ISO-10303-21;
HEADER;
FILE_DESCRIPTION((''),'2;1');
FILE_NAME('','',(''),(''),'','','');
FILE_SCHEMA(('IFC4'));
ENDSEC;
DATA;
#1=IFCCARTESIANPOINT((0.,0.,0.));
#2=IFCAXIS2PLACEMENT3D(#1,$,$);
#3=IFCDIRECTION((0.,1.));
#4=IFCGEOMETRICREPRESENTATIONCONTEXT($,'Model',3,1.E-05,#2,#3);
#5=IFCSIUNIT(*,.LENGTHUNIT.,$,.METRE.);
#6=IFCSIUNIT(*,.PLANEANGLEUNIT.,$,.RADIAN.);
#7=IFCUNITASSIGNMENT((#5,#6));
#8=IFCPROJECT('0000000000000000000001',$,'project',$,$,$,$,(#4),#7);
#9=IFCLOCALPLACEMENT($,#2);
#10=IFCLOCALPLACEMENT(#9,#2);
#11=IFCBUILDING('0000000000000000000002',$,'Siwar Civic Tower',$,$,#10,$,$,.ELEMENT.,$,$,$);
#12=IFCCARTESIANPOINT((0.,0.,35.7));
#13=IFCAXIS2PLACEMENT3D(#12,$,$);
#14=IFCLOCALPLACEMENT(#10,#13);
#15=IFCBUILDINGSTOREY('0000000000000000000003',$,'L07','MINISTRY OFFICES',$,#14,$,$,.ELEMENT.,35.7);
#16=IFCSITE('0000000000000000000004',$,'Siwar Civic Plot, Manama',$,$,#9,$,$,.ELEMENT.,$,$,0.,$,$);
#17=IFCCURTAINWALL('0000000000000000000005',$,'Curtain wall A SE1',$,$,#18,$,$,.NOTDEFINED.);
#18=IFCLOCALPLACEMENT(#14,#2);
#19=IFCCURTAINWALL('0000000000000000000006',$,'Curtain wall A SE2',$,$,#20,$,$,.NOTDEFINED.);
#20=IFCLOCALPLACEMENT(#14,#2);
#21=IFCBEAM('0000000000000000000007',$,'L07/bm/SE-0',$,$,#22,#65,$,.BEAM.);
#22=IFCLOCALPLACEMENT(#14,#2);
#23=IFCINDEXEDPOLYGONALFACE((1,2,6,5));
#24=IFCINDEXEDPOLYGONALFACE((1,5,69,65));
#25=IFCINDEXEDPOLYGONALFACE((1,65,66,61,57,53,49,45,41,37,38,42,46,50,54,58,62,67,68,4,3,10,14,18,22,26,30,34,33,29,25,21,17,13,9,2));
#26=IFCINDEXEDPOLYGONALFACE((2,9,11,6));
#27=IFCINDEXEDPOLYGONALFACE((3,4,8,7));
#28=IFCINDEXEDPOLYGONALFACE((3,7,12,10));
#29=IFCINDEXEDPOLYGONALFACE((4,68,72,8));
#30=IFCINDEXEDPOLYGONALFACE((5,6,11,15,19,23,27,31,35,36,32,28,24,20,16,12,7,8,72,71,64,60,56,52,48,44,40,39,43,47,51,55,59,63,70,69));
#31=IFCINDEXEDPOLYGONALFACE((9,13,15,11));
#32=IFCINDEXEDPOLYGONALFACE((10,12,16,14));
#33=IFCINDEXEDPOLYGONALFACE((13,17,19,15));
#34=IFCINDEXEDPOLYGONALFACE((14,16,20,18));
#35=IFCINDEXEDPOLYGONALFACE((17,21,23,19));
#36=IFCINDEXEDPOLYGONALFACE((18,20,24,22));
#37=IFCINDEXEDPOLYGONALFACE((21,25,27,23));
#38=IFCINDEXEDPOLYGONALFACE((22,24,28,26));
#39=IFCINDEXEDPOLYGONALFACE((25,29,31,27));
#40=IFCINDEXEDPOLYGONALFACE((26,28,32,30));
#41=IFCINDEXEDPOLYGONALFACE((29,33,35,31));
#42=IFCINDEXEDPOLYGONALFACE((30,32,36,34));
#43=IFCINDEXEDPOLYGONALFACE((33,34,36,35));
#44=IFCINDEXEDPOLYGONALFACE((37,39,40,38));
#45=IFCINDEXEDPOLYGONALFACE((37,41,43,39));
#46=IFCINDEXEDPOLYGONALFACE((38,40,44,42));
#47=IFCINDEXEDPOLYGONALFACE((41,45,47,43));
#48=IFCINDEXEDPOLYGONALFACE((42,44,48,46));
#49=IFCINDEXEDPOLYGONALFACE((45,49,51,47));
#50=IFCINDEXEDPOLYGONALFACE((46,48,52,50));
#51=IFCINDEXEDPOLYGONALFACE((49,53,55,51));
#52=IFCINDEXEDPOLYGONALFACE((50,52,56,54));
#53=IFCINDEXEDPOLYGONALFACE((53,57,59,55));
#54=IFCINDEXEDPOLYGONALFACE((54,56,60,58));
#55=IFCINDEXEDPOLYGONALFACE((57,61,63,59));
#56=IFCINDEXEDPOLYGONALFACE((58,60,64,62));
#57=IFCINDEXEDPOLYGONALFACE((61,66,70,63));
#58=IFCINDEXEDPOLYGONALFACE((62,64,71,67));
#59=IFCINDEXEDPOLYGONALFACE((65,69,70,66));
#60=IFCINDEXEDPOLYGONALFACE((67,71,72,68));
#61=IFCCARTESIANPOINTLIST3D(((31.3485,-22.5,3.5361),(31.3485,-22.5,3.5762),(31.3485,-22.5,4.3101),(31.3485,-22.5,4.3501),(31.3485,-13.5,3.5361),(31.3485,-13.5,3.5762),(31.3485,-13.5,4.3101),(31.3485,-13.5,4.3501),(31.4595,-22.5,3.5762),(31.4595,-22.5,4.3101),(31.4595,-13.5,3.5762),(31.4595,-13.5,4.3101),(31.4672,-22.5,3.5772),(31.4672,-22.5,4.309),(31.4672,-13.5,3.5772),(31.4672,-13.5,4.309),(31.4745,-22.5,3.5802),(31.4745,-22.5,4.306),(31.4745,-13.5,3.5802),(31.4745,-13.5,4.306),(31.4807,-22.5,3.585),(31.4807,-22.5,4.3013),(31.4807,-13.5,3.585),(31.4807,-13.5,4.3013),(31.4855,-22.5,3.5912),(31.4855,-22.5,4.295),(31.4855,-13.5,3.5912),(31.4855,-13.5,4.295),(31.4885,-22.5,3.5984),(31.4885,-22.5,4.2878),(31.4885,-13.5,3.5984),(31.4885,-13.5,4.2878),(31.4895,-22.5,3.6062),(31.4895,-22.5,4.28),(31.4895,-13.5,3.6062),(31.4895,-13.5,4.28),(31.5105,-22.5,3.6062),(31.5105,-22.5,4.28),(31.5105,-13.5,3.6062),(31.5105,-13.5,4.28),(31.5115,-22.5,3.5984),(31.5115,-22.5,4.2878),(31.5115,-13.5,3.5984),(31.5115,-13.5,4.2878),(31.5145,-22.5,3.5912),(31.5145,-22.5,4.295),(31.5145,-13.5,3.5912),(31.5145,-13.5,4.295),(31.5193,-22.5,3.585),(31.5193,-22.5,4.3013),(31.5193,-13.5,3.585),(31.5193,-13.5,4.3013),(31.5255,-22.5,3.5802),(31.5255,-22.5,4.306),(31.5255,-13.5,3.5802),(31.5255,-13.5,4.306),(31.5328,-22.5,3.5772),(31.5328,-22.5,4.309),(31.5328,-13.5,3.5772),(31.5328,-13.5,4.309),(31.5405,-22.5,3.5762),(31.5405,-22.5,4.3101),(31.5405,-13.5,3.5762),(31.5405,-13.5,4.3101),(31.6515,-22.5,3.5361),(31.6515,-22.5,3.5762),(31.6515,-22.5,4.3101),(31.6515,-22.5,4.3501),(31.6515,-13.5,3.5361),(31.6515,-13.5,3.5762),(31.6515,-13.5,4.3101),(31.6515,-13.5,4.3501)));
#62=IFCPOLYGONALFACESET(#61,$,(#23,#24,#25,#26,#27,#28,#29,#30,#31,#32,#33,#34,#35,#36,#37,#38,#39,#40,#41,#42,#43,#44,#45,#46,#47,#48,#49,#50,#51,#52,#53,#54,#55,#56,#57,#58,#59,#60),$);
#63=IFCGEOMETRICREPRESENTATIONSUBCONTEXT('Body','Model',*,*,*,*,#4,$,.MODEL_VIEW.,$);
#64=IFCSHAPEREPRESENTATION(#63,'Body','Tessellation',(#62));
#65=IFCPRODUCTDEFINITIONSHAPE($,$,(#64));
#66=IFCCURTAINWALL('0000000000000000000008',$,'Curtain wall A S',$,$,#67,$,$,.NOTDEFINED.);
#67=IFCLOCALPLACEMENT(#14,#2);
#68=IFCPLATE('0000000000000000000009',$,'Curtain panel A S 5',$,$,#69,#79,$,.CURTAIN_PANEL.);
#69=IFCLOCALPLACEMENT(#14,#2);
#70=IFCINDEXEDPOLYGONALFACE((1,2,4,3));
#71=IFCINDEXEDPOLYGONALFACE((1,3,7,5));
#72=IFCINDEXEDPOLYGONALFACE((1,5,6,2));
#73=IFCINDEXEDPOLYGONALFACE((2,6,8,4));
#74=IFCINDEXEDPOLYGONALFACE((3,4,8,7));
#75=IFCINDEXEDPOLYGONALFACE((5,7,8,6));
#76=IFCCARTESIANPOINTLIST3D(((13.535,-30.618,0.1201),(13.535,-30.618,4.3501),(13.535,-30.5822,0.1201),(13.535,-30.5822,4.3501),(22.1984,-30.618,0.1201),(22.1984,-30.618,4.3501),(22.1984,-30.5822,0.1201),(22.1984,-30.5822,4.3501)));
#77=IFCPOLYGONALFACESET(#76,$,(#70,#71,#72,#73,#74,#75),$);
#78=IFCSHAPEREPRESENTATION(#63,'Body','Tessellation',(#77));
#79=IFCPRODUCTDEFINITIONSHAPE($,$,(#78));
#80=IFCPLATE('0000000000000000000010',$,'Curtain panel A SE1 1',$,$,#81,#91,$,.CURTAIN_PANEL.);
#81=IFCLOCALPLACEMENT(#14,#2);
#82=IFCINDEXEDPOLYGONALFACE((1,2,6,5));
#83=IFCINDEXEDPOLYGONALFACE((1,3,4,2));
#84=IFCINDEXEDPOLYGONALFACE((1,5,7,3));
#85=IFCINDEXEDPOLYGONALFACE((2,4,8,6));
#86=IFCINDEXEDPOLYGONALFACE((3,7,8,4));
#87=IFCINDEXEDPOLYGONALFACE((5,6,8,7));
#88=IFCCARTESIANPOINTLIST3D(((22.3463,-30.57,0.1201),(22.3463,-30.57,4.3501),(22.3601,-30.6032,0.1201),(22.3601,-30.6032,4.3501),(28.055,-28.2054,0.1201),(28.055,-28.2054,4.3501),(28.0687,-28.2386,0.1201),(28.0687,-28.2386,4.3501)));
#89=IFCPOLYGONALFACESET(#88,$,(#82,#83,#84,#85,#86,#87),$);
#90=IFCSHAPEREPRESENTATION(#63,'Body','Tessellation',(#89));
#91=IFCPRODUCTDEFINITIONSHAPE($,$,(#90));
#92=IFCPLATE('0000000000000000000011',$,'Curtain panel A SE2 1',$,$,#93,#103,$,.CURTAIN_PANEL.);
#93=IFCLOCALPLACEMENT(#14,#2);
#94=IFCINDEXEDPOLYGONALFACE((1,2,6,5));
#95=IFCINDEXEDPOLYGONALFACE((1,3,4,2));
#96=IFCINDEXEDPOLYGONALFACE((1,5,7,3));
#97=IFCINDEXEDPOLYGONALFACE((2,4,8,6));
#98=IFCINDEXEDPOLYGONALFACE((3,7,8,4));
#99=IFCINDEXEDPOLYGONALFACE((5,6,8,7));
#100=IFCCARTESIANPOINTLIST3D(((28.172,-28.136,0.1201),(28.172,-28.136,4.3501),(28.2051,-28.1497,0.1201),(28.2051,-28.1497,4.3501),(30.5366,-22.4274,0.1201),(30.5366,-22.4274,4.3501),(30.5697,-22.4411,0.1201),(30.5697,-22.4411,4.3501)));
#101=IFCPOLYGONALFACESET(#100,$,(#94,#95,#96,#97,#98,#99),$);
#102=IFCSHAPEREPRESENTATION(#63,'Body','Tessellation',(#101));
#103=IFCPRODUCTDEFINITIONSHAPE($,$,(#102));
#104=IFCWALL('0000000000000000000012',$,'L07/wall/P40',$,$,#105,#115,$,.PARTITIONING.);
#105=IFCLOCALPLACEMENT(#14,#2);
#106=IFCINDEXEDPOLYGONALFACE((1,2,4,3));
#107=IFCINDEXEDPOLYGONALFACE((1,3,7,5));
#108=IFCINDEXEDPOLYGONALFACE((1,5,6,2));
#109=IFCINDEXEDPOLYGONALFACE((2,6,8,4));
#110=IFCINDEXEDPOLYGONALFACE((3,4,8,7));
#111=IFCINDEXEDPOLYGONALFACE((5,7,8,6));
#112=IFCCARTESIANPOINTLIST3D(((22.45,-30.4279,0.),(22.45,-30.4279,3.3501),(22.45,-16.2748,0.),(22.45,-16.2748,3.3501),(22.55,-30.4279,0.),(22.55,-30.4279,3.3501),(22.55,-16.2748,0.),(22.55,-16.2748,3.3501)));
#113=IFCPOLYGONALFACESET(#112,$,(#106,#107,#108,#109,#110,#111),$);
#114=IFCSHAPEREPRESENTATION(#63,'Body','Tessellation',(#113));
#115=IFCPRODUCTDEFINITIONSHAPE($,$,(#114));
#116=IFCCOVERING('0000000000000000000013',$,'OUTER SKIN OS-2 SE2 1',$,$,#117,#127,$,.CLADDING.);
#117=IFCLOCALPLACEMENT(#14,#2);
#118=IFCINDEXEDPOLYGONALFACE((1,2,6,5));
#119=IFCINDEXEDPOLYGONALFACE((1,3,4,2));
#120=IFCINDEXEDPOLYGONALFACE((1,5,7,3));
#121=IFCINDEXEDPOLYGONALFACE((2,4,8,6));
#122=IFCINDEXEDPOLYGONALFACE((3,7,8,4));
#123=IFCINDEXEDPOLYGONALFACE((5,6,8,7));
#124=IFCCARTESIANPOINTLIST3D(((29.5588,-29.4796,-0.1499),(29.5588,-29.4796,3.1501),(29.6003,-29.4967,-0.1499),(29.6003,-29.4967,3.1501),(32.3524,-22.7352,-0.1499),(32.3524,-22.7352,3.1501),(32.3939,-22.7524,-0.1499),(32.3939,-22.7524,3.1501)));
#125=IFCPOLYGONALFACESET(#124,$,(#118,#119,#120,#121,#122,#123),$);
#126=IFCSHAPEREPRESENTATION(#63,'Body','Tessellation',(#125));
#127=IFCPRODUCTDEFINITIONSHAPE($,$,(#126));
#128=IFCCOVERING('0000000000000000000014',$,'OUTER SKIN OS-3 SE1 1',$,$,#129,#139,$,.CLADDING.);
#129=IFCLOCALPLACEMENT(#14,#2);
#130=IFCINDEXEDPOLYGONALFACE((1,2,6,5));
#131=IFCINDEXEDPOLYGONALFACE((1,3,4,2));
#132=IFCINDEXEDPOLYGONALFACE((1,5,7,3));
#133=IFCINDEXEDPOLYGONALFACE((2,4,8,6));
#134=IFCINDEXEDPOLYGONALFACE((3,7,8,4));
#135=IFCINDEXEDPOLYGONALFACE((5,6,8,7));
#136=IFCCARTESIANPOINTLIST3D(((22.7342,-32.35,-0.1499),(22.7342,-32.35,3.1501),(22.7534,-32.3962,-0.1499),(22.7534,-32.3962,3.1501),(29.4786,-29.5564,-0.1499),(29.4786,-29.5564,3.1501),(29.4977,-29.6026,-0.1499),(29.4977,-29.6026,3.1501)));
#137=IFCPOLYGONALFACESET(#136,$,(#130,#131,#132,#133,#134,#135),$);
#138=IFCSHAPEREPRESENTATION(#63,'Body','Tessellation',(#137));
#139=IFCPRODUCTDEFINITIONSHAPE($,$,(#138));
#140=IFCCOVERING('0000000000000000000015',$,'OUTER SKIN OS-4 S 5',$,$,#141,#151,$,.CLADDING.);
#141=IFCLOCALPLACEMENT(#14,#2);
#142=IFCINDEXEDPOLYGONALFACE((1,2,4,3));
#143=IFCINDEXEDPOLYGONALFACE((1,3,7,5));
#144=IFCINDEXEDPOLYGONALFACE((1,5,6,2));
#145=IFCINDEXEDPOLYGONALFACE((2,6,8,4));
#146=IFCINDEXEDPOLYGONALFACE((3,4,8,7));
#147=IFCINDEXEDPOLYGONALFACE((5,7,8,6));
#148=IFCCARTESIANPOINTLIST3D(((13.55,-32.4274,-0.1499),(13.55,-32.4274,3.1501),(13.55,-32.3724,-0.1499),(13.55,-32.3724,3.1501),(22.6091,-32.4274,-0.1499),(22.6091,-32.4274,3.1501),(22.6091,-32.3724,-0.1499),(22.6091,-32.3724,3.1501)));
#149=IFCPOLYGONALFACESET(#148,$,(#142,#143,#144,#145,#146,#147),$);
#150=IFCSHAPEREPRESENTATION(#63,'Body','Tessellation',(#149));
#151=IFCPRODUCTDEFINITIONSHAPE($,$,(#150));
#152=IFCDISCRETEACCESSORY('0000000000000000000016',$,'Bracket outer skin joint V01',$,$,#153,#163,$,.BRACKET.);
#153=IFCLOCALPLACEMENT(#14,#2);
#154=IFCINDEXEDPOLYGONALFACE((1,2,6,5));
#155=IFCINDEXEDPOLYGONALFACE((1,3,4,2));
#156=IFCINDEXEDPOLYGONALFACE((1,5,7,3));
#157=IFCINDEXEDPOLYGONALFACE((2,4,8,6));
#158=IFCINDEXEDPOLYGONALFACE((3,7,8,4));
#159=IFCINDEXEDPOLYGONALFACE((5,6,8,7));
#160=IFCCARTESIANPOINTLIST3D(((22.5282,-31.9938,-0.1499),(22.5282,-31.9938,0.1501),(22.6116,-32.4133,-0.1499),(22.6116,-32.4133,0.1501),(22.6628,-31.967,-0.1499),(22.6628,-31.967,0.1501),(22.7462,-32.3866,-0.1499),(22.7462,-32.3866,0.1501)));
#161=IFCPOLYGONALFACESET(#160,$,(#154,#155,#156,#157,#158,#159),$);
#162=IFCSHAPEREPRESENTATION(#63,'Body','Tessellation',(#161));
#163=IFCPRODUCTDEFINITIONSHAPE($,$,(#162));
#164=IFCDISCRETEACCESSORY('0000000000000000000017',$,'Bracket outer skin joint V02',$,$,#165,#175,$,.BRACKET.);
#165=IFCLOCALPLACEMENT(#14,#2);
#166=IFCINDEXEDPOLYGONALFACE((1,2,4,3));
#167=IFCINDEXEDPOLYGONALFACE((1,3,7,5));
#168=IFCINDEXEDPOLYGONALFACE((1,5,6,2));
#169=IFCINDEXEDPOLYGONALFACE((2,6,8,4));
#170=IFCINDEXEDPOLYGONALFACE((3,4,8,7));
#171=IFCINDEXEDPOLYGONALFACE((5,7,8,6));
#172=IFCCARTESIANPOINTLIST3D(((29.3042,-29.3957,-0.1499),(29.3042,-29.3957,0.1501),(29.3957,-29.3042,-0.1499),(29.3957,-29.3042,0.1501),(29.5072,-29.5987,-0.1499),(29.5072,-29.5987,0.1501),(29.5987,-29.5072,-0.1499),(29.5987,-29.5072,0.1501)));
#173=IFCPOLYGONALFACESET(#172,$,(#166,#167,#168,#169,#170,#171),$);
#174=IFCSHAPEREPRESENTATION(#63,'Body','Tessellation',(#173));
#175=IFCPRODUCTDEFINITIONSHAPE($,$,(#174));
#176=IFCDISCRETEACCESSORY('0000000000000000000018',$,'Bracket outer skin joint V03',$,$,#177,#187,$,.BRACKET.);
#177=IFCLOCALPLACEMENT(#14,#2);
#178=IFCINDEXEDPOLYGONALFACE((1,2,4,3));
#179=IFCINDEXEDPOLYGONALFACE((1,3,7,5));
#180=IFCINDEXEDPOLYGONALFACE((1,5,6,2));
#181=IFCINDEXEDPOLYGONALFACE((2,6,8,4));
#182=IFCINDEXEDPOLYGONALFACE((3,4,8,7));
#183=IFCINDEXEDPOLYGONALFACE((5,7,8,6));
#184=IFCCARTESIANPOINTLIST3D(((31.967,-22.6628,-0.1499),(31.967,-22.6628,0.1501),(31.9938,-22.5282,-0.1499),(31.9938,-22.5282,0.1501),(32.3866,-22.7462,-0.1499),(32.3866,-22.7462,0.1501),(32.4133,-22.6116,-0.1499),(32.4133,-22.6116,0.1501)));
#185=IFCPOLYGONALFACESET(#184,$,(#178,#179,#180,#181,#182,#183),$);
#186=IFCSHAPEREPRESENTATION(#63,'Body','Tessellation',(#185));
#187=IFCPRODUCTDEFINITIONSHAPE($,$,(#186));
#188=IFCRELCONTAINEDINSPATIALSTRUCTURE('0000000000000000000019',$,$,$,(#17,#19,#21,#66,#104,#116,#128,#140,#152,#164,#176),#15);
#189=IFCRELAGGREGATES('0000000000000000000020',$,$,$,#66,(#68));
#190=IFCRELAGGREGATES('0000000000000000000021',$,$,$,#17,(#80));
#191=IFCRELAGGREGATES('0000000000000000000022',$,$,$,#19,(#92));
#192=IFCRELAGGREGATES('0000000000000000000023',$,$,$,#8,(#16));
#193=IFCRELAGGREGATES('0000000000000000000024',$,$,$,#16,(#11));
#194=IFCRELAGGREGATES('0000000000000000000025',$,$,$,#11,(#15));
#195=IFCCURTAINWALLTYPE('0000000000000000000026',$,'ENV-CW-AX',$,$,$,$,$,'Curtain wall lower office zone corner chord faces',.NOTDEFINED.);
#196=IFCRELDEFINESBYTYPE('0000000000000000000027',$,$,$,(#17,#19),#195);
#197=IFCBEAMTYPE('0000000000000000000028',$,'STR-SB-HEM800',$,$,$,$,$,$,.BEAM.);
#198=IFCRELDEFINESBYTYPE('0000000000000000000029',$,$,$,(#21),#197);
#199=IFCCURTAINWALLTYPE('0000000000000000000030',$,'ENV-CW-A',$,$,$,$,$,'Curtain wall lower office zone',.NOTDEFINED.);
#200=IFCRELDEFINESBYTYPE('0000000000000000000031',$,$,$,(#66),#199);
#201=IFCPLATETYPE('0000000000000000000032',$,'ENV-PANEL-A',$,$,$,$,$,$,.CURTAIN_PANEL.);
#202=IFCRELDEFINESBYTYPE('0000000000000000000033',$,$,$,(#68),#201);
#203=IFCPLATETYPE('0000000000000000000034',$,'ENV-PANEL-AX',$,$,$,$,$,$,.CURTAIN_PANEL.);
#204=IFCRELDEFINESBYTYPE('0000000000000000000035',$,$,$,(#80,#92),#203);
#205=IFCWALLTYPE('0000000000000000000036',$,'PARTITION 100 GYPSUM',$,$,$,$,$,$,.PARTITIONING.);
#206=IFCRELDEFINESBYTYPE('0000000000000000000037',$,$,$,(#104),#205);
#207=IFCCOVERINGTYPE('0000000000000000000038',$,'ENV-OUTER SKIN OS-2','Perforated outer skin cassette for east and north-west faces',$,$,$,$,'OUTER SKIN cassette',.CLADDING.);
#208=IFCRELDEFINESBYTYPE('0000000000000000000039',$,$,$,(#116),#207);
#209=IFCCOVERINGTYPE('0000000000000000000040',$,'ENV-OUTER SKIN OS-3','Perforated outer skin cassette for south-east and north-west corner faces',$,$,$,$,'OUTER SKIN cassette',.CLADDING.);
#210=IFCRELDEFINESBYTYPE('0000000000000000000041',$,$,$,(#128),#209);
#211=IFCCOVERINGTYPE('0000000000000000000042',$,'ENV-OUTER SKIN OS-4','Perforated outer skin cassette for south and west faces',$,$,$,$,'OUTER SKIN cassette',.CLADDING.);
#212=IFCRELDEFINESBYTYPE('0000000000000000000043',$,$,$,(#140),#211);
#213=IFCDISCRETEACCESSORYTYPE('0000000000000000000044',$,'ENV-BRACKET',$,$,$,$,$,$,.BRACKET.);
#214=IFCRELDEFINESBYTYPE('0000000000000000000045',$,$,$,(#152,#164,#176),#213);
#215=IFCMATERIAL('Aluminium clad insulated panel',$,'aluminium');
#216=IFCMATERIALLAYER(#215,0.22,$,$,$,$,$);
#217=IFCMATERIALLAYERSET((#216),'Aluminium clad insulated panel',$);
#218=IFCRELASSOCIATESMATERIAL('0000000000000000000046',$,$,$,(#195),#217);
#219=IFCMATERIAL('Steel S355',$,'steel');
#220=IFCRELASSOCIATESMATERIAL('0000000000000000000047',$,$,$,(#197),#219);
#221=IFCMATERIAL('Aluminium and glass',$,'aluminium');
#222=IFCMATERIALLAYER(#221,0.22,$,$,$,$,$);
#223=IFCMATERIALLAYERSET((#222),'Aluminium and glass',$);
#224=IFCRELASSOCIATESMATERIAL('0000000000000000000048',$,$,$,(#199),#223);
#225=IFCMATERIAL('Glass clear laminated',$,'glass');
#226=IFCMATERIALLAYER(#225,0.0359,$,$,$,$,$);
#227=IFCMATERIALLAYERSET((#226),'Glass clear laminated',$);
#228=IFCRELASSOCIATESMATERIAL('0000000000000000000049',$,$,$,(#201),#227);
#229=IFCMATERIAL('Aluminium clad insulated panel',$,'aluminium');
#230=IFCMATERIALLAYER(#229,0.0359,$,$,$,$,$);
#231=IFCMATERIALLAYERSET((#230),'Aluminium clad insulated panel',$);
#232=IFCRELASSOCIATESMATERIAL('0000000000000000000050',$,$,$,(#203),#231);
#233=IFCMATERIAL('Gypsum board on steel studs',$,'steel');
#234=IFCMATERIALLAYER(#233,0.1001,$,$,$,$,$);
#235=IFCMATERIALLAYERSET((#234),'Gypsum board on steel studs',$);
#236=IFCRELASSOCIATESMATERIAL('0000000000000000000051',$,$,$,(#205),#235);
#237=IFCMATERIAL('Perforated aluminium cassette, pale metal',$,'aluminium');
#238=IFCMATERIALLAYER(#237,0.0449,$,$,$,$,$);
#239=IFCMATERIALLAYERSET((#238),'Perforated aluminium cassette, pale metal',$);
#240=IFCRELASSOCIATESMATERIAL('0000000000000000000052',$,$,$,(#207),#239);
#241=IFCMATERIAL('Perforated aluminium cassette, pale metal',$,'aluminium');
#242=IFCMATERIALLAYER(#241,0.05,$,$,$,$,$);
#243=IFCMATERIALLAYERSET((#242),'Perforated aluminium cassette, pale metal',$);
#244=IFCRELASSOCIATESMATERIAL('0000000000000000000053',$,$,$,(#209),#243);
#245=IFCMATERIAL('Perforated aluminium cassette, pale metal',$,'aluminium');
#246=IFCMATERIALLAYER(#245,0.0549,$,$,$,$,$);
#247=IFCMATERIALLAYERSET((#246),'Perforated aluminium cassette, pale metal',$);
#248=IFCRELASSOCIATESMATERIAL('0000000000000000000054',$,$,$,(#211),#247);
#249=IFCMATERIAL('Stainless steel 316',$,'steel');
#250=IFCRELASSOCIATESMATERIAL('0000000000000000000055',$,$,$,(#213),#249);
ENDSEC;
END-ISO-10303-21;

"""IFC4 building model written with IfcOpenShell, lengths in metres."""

from ifc_helpers import new_model, si_unit, direction, frame, frame_2d, origin, origin_2d, place, context, subcontext, project, spatial, rectangle, i_section, extrude, material, layer, layer_set, material_profile, profile_set, type_object, element, aggregate, save


model = new_model("IFC4")

# Units and contexts
model_context = context("Model", 3, precision=1e-05, world=origin(), true_north=direction((0.0, 1.0)))
body_context = subcontext(model_context, "Body", "Model", "MODEL_VIEW")
ifc_project = project(units=[si_unit("LENGTHUNIT", "METRE"), si_unit("PLANEANGLEUNIT", "RADIAN")], contexts=[model_context])

# Site, building, storey
site_placement = place(None, origin())
site = spatial("IfcSite", under=ifc_project, at=site_placement, Name="Siwar Civic Plot, Manama", CompositionType="ELEMENT", RefElevation=0.0)
building_placement = place(site_placement, origin())
building = spatial("IfcBuilding", under=site, at=building_placement, Name="Siwar Civic Tower", CompositionType="ELEMENT")
storey_placement = place(building_placement, frame((0.0, 0.0, 35.7)))
storey = spatial("IfcBuildingStorey", under=building, at=storey_placement, Name="L07", Description="MINISTRY OFFICES", CompositionType="ELEMENT", Elevation=35.7)

# Curtain walls
ifc_material_1 = material(Name="Aluminium clad insulated panel", Category="aluminium")
ifc_layer_1 = layer(ifc_material_1, 0.22)
ifc_layer_set_1 = layer_set([ifc_layer_1], Name="Aluminium clad insulated panel")
curtain_wall_type_1 = type_object("IfcCurtainWallType", Name="ENV-CW-AX", ElementType="Curtain wall lower office zone corner chord faces", PredefinedType="NOTDEFINED", material=ifc_layer_set_1)
curtain_wall_1_placement = place(storey_placement, origin())
curtain_wall_1 = element("IfcCurtainWall", 1, at=curtain_wall_1_placement, inside=storey, type_object=curtain_wall_type_1, Name="Curtain wall A SE1", PredefinedType="NOTDEFINED")
curtain_wall_2_placement = place(storey_placement, origin())
curtain_wall_2 = element("IfcCurtainWall", 2, at=curtain_wall_2_placement, inside=storey, type_object=curtain_wall_type_1, Name="Curtain wall A SE2", PredefinedType="NOTDEFINED")

# Beam
ifc_material_2 = material(Name="Steel S355", Category="steel")
ifc_material_profile_1 = material_profile(ifc_material_2, i_section(OverallWidth=0.303, OverallDepth=0.814, WebThickness=0.021, FlangeThickness=0.04, FilletRadius=0.03, at=origin_2d()), Name="HEM800")
ifc_profile_set_1 = profile_set([ifc_material_profile_1], Name="Steel S355")
beam_type_1 = type_object("IfcBeamType", Name="STR-SB-HEM800", PredefinedType="BEAM", material=ifc_profile_set_1)
beam_1_placement = place(storey_placement, frame((31.5, -22.5, 3.9431), z_axis=(0.0, 1.0, 0.0), x_axis=(-1.0, 0.0, 0.0)))
element("IfcBeam", 3, at=beam_1_placement, inside=storey, type_object=beam_type_1, Name="L07/bm/SE-0", PredefinedType="BEAM", context=body_context, shape_type="SweptSolid", body=[
    extrude(i_section(OverallWidth=0.303, OverallDepth=0.814, WebThickness=0.021, FlangeThickness=0.04, FilletRadius=0.03, at=origin_2d()), origin(), (0.0, 0.0, 1.0), 9.0),
])

# Curtain wall, plate
ifc_material_3 = material(Name="Aluminium and glass", Category="aluminium")
ifc_layer_2 = layer(ifc_material_3, 0.22)
ifc_layer_set_2 = layer_set([ifc_layer_2], Name="Aluminium and glass")
curtain_wall_type_2 = type_object("IfcCurtainWallType", Name="ENV-CW-A", ElementType="Curtain wall lower office zone", PredefinedType="NOTDEFINED", material=ifc_layer_set_2)
curtain_wall_3_placement = place(storey_placement, origin())
curtain_wall_3 = element("IfcCurtainWall", 4, at=curtain_wall_3_placement, inside=storey, type_object=curtain_wall_type_2, Name="Curtain wall A S", PredefinedType="NOTDEFINED")
ifc_material_4 = material(Name="Glass clear laminated", Category="glass")
ifc_layer_3 = layer(ifc_material_4, 0.0359)
ifc_layer_set_3 = layer_set([ifc_layer_3], Name="Glass clear laminated")
plate_type_1 = type_object("IfcPlateType", Name="ENV-PANEL-A", PredefinedType="CURTAIN_PANEL", material=ifc_layer_set_3)
plate_1_placement = place(storey_placement, frame((17.8667, -30.6001, 0.1201), z_axis=(0.0, 0.0, 1.0), x_axis=(1.0, 0.0, 0.0)))
plate_1 = element("IfcPlate", 5, at=plate_1_placement, type_object=plate_type_1, Name="Curtain panel A S 5", PredefinedType="CURTAIN_PANEL", context=body_context, shape_type="SweptSolid", body=[
    extrude(rectangle(XDim=8.6633, YDim=0.0359, at=origin_2d()), origin(), (0.0, 0.0, 1.0), 4.23),
])
aggregate(curtain_wall_3, [plate_1])

# Plates
ifc_material_5 = material(Name="Aluminium clad insulated panel", Category="aluminium")
ifc_layer_4 = layer(ifc_material_5, 0.0359)
ifc_layer_set_4 = layer_set([ifc_layer_4], Name="Aluminium clad insulated panel")
plate_type_2 = type_object("IfcPlateType", Name="ENV-PANEL-AX", PredefinedType="CURTAIN_PANEL", material=ifc_layer_set_4)
plate_2_placement = place(storey_placement, frame((25.2075, -29.4043, 0.1201), z_axis=(0.0, 0.0, 1.0), x_axis=(0.92388, 0.382683, 0.0)))
plate_2 = element("IfcPlate", 6, at=plate_2_placement, type_object=plate_type_2, Name="Curtain panel A SE1 1", PredefinedType="CURTAIN_PANEL", context=body_context, shape_type="SweptSolid", body=[
    extrude(rectangle(XDim=6.179, YDim=0.0359, at=origin_2d()), origin(), (0.0, 0.0, 1.0), 4.23),
])
aggregate(curtain_wall_1, [plate_2])
plate_3_placement = place(storey_placement, frame((29.3708, -25.2886, 0.1201), z_axis=(0.0, 0.0, 1.0), x_axis=(0.382683, 0.92388, 0.0)))
plate_3 = element("IfcPlate", 7, at=plate_3_placement, type_object=plate_type_2, Name="Curtain panel A SE2 1", PredefinedType="CURTAIN_PANEL", context=body_context, shape_type="SweptSolid", body=[
    extrude(rectangle(XDim=6.179, YDim=0.0359, at=origin_2d()), origin(), (0.0, 0.0, 1.0), 4.23),
])
aggregate(curtain_wall_2, [plate_3])

# Wall
ifc_material_6 = material(Name="Gypsum board on steel studs", Category="steel")
ifc_layer_5 = layer(ifc_material_6, 0.1001)
ifc_layer_set_5 = layer_set([ifc_layer_5], Name="Gypsum board on steel studs")
wall_type = type_object("IfcWallType", Name="PARTITION 100 GYPSUM", PredefinedType="PARTITIONING", material=ifc_layer_set_5)
wall_placement = place(storey_placement, frame((22.5, -30.428, 0.0), z_axis=(0.0, 0.0, 1.0), x_axis=(0.0, 1.0, 0.0)))
element("IfcWall", 8, at=wall_placement, inside=storey, type_object=wall_type, Name="L07/wall/P40", PredefinedType="PARTITIONING", context=body_context, shape_type="SweptSolid", body=[
    extrude(rectangle(XDim=14.1531, YDim=0.1001, at=frame_2d((7.0767, 0.0))), origin(), (0.0, 0.0, 1.0), 3.3501),
])

# Coverings
ifc_material_7 = material(Name="Perforated aluminium cassette, pale metal", Category="aluminium")
ifc_layer_6 = layer(ifc_material_7, 0.0449)
ifc_layer_set_6 = layer_set([ifc_layer_6], Name="Perforated aluminium cassette, pale metal")
covering_type_1 = type_object("IfcCoveringType", Name="ENV-OUTER SKIN OS-2", Description="Perforated outer skin cassette for east and north-west faces", ElementType="OUTER SKIN cassette", PredefinedType="CLADDING", material=ifc_layer_set_6)
covering_1_placement = place(storey_placement, frame((30.9763, -26.116, -0.1499), z_axis=(0.0, 0.0, 1.0), x_axis=(0.382683, 0.92388, 0.0)))
element("IfcCovering", 9, at=covering_1_placement, inside=storey, type_object=covering_type_1, Name="OUTER SKIN OS-2 SE2 1", PredefinedType="CLADDING", context=body_context, shape_type="SweptSolid", body=[
    extrude(rectangle(XDim=7.3, YDim=0.0449, at=origin_2d()), origin(), (0.0, 0.0, 1.0), 3.3),
])
ifc_material_8 = material(Name="Perforated aluminium cassette, pale metal", Category="aluminium")
ifc_layer_7 = layer(ifc_material_8, 0.05)
ifc_layer_set_7 = layer_set([ifc_layer_7], Name="Perforated aluminium cassette, pale metal")
covering_type_2 = type_object("IfcCoveringType", Name="ENV-OUTER SKIN OS-3", Description="Perforated outer skin cassette for south-east and north-west corner faces", ElementType="OUTER SKIN cassette", PredefinedType="CLADDING", material=ifc_layer_set_7)
covering_2_placement = place(storey_placement, frame((26.116, -30.9763, -0.1499), z_axis=(0.0, 0.0, 1.0), x_axis=(0.92388, 0.382683, 0.0)))
element("IfcCovering", 10, at=covering_2_placement, inside=storey, type_object=covering_type_2, Name="OUTER SKIN OS-3 SE1 1", PredefinedType="CLADDING", context=body_context, shape_type="SweptSolid", body=[
    extrude(rectangle(XDim=7.3, YDim=0.05, at=origin_2d()), origin(), (0.0, 0.0, 1.0), 3.3),
])
ifc_material_9 = material(Name="Perforated aluminium cassette, pale metal", Category="aluminium")
ifc_layer_8 = layer(ifc_material_9, 0.0549)
ifc_layer_set_8 = layer_set([ifc_layer_8], Name="Perforated aluminium cassette, pale metal")
covering_type_3 = type_object("IfcCoveringType", Name="ENV-OUTER SKIN OS-4", Description="Perforated outer skin cassette for south and west faces", ElementType="OUTER SKIN cassette", PredefinedType="CLADDING", material=ifc_layer_set_8)
covering_3_placement = place(storey_placement, frame((18.0796, -32.3999, -0.1499), z_axis=(0.0, 0.0, 1.0), x_axis=(1.0, 0.0, 0.0)))
element("IfcCovering", 11, at=covering_3_placement, inside=storey, type_object=covering_type_3, Name="OUTER SKIN OS-4 S 5", PredefinedType="CLADDING", context=body_context, shape_type="SweptSolid", body=[
    extrude(rectangle(XDim=9.0591, YDim=0.0549, at=origin_2d()), origin(), (0.0, 0.0, 1.0), 3.3),
])

# Discrete accessories
ifc_material_10 = material(Name="Stainless steel 316", Category="steel")
discrete_accessory_type = type_object("IfcDiscreteAccessoryType", Name="ENV-BRACKET", PredefinedType="BRACKET", material=ifc_material_10)
discrete_accessory_1_placement = place(storey_placement, frame((22.6372, -32.1902, -0.1499), z_axis=(0.0, 0.0, 1.0), x_axis=(0.19509, -0.980785, 0.0)))
element("IfcDiscreteAccessory", 12, at=discrete_accessory_1_placement, inside=storey, type_object=discrete_accessory_type, Name="Bracket outer skin joint V01", PredefinedType="BRACKET", context=body_context, shape_type="SweptSolid", body=[
    extrude(rectangle(XDim=0.4277, YDim=0.1372, at=origin_2d()), origin(), (0.0, 0.0, 1.0), 0.3),
])
discrete_accessory_2_placement = place(storey_placement, frame((29.4514, -29.4514, -0.1499), z_axis=(0.0, 0.0, 1.0), x_axis=(0.707107, -0.707107, 0.0)))
element("IfcDiscreteAccessory", 13, at=discrete_accessory_2_placement, inside=storey, type_object=discrete_accessory_type, Name="Bracket outer skin joint V02", PredefinedType="BRACKET", context=body_context, shape_type="SweptSolid", body=[
    extrude(rectangle(XDim=0.2871, YDim=0.1294, at=origin_2d()), origin(), (0.0, 0.0, 1.0), 0.3),
])
discrete_accessory_3_placement = place(storey_placement, frame((32.1902, -22.6372, -0.1499), z_axis=(0.0, 0.0, 1.0), x_axis=(0.980785, -0.19509, 0.0)))
element("IfcDiscreteAccessory", 14, at=discrete_accessory_3_placement, inside=storey, type_object=discrete_accessory_type, Name="Bracket outer skin joint V03", PredefinedType="BRACKET", context=body_context, shape_type="SweptSolid", body=[
    extrude(rectangle(XDim=0.4277, YDim=0.1372, at=origin_2d()), origin(), (0.0, 0.0, 1.0), 0.3),
])

save(model, "model.ifc")
